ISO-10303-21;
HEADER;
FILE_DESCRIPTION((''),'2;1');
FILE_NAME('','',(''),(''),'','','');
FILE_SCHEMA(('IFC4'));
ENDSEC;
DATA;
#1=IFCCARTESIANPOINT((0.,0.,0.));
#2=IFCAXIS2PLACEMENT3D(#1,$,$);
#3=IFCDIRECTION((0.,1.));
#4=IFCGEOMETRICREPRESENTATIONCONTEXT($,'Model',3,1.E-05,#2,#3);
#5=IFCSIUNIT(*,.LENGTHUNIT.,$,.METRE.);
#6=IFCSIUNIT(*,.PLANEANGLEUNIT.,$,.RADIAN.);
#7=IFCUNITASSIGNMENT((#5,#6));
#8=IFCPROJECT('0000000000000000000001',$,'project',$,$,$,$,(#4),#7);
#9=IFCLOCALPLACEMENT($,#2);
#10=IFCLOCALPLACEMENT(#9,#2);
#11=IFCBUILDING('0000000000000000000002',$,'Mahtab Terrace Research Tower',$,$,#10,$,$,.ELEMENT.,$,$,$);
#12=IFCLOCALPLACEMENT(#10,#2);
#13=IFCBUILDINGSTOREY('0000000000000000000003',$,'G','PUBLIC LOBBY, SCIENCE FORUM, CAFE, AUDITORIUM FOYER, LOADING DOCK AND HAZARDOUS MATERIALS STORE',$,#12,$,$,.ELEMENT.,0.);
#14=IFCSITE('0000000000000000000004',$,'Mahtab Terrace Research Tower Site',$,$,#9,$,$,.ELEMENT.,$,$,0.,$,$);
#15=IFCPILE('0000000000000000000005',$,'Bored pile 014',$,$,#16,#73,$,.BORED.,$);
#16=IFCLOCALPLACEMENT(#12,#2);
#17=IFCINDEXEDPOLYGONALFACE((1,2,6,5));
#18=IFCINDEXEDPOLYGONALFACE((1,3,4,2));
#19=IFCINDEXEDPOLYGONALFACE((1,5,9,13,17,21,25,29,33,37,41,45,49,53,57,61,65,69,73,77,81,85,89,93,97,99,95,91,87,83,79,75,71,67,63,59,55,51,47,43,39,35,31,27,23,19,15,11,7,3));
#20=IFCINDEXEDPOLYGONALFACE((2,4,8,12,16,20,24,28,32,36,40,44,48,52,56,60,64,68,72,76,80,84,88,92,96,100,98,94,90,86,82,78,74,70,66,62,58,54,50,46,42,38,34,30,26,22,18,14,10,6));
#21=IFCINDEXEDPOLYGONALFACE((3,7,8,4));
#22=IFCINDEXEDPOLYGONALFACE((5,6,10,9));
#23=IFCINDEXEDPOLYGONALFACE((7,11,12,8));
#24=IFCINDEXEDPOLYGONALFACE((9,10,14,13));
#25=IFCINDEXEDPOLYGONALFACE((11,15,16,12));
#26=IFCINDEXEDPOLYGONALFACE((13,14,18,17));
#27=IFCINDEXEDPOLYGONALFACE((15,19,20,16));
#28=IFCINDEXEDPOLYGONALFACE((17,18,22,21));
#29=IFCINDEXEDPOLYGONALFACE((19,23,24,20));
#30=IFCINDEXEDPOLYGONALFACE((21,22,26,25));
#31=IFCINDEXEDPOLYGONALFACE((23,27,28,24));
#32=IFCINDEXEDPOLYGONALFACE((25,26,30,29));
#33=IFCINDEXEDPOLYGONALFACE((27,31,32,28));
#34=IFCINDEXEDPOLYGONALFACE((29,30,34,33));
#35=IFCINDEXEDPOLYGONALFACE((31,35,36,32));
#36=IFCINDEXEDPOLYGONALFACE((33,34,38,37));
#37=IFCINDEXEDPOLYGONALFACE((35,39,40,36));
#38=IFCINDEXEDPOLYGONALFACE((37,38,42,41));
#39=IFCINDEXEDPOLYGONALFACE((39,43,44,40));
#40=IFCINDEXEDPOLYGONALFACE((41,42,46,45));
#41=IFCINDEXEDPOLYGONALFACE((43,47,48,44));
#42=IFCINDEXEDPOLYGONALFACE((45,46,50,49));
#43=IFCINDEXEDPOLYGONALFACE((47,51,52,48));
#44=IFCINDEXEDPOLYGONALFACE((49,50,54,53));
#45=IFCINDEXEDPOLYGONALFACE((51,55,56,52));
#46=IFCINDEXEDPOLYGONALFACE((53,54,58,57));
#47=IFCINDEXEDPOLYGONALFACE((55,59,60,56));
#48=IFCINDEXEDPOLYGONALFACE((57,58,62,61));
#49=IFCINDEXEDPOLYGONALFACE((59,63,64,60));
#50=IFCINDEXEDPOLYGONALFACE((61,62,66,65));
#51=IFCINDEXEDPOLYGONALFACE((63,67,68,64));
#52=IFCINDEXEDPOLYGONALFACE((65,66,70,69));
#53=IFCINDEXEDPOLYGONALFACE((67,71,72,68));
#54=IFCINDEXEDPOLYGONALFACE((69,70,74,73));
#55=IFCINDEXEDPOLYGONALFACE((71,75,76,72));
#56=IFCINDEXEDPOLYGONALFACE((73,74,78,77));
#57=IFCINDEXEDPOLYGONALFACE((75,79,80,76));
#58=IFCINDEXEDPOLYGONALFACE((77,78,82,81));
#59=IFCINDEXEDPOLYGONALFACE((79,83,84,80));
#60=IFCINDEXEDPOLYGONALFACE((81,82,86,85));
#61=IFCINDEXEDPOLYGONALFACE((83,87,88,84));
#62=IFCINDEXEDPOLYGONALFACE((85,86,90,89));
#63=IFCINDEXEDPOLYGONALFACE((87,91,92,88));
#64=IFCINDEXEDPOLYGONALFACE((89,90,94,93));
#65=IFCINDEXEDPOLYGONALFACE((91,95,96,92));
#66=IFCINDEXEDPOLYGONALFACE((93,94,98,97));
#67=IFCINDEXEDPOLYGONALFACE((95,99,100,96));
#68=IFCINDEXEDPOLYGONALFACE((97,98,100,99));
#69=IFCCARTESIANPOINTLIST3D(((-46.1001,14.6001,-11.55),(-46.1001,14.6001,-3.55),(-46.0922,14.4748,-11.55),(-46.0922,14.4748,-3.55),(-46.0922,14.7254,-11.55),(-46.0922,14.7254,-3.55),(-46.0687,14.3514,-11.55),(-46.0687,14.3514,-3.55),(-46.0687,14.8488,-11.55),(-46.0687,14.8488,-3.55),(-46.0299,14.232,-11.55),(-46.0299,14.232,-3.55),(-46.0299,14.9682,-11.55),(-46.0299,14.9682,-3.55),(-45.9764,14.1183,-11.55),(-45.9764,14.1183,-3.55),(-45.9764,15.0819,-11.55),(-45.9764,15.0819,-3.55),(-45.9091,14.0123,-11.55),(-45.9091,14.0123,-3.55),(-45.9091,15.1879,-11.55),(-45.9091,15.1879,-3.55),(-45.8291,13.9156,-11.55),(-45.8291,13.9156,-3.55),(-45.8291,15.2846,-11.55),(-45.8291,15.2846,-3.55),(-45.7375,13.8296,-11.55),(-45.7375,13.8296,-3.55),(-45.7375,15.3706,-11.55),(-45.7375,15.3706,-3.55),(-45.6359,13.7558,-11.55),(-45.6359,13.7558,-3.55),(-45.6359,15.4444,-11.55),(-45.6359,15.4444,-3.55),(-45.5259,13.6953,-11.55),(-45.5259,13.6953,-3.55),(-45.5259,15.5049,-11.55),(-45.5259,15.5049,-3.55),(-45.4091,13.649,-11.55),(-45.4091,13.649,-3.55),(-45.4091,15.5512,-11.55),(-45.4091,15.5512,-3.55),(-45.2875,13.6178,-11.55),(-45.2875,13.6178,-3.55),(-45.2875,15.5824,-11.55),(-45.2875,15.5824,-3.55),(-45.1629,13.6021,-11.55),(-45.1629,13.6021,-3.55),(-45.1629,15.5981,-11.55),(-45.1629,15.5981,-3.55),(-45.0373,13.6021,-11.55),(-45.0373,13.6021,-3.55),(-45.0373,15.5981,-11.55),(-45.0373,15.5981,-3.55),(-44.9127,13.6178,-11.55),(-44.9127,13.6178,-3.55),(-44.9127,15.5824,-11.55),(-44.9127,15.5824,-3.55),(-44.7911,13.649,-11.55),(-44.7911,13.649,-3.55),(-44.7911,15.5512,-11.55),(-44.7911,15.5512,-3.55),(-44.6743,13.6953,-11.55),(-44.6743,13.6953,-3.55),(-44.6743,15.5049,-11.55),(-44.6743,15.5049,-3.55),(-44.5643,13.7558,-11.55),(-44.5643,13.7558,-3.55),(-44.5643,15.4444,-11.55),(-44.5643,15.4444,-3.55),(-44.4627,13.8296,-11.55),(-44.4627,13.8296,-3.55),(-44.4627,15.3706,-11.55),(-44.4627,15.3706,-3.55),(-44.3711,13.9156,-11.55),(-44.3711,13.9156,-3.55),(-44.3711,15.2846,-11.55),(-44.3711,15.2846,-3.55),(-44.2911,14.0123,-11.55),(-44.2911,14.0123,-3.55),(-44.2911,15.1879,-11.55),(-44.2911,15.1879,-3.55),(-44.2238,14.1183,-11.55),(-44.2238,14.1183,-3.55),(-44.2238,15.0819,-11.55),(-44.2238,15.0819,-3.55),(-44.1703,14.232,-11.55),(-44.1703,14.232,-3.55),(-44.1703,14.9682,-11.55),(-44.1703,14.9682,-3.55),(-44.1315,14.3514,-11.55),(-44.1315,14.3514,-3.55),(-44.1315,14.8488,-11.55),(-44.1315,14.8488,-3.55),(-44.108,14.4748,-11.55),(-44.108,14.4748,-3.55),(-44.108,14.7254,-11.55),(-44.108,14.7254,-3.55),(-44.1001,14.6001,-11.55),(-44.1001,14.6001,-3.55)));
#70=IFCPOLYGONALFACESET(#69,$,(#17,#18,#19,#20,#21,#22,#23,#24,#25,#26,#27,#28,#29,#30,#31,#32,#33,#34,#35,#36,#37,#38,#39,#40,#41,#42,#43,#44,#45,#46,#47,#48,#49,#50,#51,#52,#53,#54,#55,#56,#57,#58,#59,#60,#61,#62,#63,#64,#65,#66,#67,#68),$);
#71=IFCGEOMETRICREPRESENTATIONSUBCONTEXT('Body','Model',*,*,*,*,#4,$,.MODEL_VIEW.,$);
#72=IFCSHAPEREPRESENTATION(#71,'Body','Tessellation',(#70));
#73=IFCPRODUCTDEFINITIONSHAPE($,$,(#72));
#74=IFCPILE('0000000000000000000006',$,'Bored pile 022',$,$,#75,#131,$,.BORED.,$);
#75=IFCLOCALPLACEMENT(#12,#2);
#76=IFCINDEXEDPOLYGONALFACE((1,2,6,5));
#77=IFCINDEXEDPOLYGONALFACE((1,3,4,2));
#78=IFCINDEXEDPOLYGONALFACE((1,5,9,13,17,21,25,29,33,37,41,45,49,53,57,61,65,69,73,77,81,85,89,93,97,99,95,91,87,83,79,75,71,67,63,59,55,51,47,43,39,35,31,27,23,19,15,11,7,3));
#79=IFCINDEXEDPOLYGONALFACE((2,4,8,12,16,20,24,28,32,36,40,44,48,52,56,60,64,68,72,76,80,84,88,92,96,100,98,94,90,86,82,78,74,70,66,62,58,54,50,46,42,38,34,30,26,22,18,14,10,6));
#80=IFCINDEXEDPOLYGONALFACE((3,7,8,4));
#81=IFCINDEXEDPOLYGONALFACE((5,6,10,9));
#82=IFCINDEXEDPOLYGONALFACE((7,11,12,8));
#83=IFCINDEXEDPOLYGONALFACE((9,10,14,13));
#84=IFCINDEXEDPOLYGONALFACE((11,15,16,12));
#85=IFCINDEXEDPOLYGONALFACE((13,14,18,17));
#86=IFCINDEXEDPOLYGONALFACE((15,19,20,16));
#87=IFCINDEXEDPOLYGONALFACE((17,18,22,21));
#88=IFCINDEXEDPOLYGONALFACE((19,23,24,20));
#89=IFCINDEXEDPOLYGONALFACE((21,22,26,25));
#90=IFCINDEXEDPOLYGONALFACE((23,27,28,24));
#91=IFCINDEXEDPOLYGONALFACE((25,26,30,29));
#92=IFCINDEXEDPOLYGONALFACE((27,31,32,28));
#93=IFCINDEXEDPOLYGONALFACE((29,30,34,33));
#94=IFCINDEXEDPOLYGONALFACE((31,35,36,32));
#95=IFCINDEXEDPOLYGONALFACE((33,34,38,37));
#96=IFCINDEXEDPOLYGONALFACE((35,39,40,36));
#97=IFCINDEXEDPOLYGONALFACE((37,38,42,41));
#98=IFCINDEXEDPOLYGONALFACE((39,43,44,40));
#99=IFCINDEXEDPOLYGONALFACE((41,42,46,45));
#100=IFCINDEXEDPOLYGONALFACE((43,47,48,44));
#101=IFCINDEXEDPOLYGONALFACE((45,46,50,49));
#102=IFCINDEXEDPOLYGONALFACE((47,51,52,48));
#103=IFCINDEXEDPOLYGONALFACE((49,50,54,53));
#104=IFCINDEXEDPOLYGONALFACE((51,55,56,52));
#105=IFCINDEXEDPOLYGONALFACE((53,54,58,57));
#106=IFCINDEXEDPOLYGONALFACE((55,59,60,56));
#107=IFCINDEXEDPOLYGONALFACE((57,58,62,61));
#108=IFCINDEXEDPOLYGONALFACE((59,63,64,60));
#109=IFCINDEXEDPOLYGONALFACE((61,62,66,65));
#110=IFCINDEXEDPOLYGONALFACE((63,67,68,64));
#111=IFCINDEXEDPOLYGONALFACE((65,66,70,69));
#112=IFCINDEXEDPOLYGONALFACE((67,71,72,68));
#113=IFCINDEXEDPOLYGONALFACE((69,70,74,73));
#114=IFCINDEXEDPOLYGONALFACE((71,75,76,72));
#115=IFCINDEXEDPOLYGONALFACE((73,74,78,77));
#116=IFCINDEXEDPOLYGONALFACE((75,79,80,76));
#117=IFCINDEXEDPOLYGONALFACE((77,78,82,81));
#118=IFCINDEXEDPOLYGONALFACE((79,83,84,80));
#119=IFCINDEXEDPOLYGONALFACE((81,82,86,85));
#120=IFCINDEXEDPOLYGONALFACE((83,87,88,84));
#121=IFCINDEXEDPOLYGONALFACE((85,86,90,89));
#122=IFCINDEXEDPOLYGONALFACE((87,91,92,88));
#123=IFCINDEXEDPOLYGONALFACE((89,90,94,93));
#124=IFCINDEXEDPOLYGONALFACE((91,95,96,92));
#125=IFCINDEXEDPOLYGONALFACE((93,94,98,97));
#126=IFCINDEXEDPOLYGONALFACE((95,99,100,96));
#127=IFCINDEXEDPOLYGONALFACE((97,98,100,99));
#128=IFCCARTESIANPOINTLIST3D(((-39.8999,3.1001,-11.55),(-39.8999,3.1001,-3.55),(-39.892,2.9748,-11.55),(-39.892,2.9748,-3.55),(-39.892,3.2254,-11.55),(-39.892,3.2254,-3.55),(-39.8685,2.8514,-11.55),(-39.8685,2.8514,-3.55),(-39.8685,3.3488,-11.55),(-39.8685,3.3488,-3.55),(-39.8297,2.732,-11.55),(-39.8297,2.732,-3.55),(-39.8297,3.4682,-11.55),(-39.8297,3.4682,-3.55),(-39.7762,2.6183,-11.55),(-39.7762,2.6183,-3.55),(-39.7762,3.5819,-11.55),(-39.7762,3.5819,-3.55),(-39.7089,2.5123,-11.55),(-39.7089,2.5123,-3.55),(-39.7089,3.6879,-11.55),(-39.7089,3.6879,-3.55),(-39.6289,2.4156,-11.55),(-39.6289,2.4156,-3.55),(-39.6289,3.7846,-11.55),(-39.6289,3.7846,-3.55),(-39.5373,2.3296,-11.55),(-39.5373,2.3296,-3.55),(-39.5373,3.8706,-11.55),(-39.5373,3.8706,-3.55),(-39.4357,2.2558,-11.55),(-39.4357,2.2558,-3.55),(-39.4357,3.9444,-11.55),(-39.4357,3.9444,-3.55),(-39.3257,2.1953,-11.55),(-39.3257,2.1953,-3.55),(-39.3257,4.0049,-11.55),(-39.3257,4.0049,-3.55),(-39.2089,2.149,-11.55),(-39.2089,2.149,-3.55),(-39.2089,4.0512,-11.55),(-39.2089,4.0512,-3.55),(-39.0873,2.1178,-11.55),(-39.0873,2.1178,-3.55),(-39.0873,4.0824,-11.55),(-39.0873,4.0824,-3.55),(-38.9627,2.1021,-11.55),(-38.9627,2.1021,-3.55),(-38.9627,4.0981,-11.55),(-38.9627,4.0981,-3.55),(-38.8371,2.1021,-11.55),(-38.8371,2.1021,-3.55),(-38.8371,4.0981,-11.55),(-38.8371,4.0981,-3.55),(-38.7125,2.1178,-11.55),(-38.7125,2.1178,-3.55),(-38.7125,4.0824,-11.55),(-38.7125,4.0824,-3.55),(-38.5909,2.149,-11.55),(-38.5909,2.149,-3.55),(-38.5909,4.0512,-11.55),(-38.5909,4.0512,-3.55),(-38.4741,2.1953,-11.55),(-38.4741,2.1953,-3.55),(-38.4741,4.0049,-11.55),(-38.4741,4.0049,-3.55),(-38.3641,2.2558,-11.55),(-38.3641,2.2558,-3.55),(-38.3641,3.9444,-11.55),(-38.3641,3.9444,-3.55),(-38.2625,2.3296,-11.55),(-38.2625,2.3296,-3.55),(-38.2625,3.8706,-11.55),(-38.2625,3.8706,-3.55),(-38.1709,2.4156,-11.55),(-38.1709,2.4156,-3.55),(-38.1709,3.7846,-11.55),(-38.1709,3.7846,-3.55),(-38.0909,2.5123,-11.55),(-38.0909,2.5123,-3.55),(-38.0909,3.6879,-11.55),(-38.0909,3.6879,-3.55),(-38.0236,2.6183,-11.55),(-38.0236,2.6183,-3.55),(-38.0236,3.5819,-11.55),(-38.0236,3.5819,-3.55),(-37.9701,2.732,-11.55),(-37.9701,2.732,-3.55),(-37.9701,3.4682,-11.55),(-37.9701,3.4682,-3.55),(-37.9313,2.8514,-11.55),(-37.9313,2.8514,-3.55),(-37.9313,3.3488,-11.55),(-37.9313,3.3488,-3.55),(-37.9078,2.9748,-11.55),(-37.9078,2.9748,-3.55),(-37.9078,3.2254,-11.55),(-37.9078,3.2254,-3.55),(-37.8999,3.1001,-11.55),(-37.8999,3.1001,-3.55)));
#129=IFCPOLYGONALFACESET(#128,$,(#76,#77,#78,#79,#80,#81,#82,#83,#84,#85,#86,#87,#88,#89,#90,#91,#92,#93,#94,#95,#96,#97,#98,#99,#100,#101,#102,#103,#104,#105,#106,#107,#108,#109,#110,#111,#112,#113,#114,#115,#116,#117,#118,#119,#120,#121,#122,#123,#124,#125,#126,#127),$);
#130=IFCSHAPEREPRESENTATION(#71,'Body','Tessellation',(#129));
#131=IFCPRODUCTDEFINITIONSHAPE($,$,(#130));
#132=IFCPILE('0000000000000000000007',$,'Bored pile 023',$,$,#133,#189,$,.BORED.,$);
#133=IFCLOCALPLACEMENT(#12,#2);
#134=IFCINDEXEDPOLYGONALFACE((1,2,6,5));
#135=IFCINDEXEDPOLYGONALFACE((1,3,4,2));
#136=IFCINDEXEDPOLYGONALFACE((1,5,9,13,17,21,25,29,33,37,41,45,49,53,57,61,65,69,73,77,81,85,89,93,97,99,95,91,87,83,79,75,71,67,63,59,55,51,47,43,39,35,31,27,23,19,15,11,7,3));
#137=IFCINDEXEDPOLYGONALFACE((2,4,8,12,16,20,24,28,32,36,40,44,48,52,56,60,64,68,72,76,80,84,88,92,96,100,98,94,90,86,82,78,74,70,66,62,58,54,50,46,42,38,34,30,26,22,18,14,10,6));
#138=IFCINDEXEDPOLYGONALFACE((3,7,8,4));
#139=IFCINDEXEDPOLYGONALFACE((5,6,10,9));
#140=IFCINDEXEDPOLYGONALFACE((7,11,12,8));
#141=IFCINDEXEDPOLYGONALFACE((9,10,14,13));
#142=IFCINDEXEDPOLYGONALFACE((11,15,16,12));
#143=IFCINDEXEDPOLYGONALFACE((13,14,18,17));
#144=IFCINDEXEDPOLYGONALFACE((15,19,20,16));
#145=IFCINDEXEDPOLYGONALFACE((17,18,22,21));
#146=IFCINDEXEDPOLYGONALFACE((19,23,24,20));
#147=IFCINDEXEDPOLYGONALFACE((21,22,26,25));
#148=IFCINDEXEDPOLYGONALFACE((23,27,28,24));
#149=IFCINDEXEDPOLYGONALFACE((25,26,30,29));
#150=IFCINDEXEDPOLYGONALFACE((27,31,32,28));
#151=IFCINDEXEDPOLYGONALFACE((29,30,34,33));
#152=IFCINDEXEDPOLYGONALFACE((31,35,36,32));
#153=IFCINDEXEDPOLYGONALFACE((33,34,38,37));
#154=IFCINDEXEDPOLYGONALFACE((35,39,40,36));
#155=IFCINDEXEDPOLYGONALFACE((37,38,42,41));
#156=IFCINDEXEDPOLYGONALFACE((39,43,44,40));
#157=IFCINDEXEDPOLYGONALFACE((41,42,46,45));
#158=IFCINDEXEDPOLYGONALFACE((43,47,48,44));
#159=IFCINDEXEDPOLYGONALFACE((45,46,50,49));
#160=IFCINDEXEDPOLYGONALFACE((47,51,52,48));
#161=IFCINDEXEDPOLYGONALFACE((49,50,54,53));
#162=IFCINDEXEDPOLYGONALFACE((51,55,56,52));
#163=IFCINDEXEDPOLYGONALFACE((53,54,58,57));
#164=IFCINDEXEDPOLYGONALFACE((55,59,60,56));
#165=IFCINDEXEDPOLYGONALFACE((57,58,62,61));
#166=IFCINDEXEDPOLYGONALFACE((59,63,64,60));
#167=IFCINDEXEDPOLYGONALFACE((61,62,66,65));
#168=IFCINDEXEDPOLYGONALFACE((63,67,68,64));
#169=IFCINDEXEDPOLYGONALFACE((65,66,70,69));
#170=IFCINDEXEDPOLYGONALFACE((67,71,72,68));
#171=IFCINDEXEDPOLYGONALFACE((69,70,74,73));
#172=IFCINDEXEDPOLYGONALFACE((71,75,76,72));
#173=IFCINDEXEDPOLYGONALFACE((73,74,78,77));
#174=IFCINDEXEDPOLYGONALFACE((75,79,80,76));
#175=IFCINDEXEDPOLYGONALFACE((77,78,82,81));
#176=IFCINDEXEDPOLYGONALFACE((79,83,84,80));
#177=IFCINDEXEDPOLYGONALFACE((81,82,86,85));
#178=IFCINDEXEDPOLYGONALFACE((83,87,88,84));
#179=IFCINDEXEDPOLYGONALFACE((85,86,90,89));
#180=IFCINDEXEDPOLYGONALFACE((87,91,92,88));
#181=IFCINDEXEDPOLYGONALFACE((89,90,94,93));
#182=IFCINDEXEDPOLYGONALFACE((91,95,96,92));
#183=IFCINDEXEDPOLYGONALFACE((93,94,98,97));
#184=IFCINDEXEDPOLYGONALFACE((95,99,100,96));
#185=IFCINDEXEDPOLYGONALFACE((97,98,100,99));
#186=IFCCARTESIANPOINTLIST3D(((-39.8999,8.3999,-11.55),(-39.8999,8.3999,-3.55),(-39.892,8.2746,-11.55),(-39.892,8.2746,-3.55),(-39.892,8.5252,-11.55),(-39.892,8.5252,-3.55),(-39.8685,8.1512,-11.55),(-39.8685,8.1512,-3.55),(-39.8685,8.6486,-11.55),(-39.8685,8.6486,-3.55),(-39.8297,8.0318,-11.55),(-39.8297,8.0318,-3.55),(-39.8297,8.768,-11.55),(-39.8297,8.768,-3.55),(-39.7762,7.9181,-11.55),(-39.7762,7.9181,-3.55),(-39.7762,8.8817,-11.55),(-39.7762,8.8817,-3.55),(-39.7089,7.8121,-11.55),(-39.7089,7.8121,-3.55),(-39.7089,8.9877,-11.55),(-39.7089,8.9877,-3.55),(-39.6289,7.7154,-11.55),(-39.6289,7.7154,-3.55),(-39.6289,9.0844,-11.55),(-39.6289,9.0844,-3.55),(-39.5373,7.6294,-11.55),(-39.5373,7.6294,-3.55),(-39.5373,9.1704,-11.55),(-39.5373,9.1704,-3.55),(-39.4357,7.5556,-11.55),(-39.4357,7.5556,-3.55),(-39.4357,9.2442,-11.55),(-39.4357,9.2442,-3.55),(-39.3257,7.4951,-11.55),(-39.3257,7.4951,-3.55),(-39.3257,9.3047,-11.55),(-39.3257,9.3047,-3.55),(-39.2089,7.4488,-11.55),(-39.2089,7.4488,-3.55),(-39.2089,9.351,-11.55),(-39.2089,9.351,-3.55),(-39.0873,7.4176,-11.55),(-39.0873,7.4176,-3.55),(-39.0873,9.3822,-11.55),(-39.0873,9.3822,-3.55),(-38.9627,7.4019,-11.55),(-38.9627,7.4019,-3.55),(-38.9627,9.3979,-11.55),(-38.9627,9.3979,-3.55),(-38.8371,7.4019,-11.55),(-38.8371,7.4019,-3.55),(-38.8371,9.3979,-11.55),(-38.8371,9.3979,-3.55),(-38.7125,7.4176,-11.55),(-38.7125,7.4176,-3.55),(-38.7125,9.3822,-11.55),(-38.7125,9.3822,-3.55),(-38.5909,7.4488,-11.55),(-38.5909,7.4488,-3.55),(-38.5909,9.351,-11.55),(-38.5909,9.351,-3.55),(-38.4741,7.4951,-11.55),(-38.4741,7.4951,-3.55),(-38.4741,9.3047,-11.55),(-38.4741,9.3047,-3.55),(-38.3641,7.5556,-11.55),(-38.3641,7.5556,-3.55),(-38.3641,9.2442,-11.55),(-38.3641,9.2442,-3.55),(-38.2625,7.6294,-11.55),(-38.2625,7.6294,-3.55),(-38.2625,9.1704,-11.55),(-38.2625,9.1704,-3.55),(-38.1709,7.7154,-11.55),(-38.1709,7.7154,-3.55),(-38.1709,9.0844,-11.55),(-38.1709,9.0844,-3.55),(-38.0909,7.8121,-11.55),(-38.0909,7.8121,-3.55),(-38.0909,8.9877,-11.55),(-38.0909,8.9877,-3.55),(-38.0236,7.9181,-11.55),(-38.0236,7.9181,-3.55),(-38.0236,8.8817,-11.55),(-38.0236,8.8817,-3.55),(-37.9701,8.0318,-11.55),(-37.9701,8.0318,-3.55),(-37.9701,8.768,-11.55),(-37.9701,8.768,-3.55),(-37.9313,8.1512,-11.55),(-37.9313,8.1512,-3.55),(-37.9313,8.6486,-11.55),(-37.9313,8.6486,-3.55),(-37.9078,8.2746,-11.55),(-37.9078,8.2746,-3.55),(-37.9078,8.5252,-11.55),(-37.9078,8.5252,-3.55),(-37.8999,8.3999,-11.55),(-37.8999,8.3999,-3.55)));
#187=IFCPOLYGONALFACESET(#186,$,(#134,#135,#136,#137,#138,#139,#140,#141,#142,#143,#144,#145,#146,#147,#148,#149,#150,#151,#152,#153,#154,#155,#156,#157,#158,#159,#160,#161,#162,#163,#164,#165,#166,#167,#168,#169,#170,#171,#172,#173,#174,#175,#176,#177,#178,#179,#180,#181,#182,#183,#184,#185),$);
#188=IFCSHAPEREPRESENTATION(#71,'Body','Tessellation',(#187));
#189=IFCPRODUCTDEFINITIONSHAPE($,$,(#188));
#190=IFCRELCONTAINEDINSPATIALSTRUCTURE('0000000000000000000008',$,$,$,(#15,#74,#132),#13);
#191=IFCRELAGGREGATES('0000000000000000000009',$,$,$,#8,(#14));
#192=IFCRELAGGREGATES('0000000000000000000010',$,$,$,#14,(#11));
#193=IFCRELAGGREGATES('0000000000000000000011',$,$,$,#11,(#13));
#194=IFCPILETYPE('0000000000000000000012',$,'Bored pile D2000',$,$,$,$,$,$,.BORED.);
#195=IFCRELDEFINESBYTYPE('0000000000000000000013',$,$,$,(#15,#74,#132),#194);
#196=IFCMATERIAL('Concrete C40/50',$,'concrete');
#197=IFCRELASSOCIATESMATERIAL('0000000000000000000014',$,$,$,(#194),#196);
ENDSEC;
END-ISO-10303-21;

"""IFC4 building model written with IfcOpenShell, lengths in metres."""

from ifc_helpers import new_model, si_unit, direction, frame, origin, origin_2d, place, context, subcontext, project, spatial, circle, extrude, material, material_profile, profile_set, type_object, element, save


model = new_model("IFC4")

# Units and contexts
model_context = context("Model", 3, precision=1e-05, world=origin(), true_north=direction((0.0, 1.0)))
body_context = subcontext(model_context, "Body", "Model", "MODEL_VIEW")
ifc_project = project(units=[si_unit("LENGTHUNIT", "METRE"), si_unit("PLANEANGLEUNIT", "RADIAN")], contexts=[model_context])

# Site, building, storey
site_placement = place(None, origin())
site = spatial("IfcSite", under=ifc_project, at=site_placement, Name="Mahtab Terrace Research Tower Site", CompositionType="ELEMENT", RefElevation=0.0)
building_placement = place(site_placement, origin())
building = spatial("IfcBuilding", under=site, at=building_placement, Name="Mahtab Terrace Research Tower", CompositionType="ELEMENT")
storey_placement = place(building_placement, origin())
storey = spatial("IfcBuildingStorey", under=building, at=storey_placement, Name="G", Description="PUBLIC LOBBY, SCIENCE FORUM, CAFE, AUDITORIUM FOYER, LOADING DOCK AND HAZARDOUS MATERIALS STORE", CompositionType="ELEMENT", Elevation=0.0)

# Piles
ifc_material_1 = material(Name="Concrete C40/50", Category="concrete")
ifc_material_profile_1 = material_profile(ifc_material_1, circle(Radius=1.0, at=origin_2d()), Name="Bored pile D2000")
ifc_profile_set_1 = profile_set([ifc_material_profile_1], Name="Concrete C40/50")
pile_type_1 = type_object("IfcPileType", Name="Bored pile D2000", PredefinedType="BORED", material=ifc_profile_set_1)
for number, where, z_axis, x_axis, name in (
    (1, (-45.1001, 14.6001, -3.55), (0.0, 0.0, -1.0), (1.0, 0.0, 0.0), "Bored pile 014"),
    (2, (-38.8999, 3.1001, -3.55), (0.0, 0.0, -1.0), (1.0, 0.0, 0.0), "Bored pile 022"),
    (3, (-38.8999, 8.3999, -3.55), (0.0, 0.0, -1.0), (1.0, 0.0, 0.0), "Bored pile 023"),
):
    element("IfcPile", number, at=place(storey_placement, frame(where, z_axis=z_axis, x_axis=x_axis)), inside=storey, type_object=pile_type_1, Name=name, PredefinedType="BORED", context=body_context, shape_type="SweptSolid", body=[
        extrude(circle(Radius=1.0, at=origin_2d()), origin(), (0.0, 0.0, 1.0), 8.0),
    ])

save(model, "model.ifc")
